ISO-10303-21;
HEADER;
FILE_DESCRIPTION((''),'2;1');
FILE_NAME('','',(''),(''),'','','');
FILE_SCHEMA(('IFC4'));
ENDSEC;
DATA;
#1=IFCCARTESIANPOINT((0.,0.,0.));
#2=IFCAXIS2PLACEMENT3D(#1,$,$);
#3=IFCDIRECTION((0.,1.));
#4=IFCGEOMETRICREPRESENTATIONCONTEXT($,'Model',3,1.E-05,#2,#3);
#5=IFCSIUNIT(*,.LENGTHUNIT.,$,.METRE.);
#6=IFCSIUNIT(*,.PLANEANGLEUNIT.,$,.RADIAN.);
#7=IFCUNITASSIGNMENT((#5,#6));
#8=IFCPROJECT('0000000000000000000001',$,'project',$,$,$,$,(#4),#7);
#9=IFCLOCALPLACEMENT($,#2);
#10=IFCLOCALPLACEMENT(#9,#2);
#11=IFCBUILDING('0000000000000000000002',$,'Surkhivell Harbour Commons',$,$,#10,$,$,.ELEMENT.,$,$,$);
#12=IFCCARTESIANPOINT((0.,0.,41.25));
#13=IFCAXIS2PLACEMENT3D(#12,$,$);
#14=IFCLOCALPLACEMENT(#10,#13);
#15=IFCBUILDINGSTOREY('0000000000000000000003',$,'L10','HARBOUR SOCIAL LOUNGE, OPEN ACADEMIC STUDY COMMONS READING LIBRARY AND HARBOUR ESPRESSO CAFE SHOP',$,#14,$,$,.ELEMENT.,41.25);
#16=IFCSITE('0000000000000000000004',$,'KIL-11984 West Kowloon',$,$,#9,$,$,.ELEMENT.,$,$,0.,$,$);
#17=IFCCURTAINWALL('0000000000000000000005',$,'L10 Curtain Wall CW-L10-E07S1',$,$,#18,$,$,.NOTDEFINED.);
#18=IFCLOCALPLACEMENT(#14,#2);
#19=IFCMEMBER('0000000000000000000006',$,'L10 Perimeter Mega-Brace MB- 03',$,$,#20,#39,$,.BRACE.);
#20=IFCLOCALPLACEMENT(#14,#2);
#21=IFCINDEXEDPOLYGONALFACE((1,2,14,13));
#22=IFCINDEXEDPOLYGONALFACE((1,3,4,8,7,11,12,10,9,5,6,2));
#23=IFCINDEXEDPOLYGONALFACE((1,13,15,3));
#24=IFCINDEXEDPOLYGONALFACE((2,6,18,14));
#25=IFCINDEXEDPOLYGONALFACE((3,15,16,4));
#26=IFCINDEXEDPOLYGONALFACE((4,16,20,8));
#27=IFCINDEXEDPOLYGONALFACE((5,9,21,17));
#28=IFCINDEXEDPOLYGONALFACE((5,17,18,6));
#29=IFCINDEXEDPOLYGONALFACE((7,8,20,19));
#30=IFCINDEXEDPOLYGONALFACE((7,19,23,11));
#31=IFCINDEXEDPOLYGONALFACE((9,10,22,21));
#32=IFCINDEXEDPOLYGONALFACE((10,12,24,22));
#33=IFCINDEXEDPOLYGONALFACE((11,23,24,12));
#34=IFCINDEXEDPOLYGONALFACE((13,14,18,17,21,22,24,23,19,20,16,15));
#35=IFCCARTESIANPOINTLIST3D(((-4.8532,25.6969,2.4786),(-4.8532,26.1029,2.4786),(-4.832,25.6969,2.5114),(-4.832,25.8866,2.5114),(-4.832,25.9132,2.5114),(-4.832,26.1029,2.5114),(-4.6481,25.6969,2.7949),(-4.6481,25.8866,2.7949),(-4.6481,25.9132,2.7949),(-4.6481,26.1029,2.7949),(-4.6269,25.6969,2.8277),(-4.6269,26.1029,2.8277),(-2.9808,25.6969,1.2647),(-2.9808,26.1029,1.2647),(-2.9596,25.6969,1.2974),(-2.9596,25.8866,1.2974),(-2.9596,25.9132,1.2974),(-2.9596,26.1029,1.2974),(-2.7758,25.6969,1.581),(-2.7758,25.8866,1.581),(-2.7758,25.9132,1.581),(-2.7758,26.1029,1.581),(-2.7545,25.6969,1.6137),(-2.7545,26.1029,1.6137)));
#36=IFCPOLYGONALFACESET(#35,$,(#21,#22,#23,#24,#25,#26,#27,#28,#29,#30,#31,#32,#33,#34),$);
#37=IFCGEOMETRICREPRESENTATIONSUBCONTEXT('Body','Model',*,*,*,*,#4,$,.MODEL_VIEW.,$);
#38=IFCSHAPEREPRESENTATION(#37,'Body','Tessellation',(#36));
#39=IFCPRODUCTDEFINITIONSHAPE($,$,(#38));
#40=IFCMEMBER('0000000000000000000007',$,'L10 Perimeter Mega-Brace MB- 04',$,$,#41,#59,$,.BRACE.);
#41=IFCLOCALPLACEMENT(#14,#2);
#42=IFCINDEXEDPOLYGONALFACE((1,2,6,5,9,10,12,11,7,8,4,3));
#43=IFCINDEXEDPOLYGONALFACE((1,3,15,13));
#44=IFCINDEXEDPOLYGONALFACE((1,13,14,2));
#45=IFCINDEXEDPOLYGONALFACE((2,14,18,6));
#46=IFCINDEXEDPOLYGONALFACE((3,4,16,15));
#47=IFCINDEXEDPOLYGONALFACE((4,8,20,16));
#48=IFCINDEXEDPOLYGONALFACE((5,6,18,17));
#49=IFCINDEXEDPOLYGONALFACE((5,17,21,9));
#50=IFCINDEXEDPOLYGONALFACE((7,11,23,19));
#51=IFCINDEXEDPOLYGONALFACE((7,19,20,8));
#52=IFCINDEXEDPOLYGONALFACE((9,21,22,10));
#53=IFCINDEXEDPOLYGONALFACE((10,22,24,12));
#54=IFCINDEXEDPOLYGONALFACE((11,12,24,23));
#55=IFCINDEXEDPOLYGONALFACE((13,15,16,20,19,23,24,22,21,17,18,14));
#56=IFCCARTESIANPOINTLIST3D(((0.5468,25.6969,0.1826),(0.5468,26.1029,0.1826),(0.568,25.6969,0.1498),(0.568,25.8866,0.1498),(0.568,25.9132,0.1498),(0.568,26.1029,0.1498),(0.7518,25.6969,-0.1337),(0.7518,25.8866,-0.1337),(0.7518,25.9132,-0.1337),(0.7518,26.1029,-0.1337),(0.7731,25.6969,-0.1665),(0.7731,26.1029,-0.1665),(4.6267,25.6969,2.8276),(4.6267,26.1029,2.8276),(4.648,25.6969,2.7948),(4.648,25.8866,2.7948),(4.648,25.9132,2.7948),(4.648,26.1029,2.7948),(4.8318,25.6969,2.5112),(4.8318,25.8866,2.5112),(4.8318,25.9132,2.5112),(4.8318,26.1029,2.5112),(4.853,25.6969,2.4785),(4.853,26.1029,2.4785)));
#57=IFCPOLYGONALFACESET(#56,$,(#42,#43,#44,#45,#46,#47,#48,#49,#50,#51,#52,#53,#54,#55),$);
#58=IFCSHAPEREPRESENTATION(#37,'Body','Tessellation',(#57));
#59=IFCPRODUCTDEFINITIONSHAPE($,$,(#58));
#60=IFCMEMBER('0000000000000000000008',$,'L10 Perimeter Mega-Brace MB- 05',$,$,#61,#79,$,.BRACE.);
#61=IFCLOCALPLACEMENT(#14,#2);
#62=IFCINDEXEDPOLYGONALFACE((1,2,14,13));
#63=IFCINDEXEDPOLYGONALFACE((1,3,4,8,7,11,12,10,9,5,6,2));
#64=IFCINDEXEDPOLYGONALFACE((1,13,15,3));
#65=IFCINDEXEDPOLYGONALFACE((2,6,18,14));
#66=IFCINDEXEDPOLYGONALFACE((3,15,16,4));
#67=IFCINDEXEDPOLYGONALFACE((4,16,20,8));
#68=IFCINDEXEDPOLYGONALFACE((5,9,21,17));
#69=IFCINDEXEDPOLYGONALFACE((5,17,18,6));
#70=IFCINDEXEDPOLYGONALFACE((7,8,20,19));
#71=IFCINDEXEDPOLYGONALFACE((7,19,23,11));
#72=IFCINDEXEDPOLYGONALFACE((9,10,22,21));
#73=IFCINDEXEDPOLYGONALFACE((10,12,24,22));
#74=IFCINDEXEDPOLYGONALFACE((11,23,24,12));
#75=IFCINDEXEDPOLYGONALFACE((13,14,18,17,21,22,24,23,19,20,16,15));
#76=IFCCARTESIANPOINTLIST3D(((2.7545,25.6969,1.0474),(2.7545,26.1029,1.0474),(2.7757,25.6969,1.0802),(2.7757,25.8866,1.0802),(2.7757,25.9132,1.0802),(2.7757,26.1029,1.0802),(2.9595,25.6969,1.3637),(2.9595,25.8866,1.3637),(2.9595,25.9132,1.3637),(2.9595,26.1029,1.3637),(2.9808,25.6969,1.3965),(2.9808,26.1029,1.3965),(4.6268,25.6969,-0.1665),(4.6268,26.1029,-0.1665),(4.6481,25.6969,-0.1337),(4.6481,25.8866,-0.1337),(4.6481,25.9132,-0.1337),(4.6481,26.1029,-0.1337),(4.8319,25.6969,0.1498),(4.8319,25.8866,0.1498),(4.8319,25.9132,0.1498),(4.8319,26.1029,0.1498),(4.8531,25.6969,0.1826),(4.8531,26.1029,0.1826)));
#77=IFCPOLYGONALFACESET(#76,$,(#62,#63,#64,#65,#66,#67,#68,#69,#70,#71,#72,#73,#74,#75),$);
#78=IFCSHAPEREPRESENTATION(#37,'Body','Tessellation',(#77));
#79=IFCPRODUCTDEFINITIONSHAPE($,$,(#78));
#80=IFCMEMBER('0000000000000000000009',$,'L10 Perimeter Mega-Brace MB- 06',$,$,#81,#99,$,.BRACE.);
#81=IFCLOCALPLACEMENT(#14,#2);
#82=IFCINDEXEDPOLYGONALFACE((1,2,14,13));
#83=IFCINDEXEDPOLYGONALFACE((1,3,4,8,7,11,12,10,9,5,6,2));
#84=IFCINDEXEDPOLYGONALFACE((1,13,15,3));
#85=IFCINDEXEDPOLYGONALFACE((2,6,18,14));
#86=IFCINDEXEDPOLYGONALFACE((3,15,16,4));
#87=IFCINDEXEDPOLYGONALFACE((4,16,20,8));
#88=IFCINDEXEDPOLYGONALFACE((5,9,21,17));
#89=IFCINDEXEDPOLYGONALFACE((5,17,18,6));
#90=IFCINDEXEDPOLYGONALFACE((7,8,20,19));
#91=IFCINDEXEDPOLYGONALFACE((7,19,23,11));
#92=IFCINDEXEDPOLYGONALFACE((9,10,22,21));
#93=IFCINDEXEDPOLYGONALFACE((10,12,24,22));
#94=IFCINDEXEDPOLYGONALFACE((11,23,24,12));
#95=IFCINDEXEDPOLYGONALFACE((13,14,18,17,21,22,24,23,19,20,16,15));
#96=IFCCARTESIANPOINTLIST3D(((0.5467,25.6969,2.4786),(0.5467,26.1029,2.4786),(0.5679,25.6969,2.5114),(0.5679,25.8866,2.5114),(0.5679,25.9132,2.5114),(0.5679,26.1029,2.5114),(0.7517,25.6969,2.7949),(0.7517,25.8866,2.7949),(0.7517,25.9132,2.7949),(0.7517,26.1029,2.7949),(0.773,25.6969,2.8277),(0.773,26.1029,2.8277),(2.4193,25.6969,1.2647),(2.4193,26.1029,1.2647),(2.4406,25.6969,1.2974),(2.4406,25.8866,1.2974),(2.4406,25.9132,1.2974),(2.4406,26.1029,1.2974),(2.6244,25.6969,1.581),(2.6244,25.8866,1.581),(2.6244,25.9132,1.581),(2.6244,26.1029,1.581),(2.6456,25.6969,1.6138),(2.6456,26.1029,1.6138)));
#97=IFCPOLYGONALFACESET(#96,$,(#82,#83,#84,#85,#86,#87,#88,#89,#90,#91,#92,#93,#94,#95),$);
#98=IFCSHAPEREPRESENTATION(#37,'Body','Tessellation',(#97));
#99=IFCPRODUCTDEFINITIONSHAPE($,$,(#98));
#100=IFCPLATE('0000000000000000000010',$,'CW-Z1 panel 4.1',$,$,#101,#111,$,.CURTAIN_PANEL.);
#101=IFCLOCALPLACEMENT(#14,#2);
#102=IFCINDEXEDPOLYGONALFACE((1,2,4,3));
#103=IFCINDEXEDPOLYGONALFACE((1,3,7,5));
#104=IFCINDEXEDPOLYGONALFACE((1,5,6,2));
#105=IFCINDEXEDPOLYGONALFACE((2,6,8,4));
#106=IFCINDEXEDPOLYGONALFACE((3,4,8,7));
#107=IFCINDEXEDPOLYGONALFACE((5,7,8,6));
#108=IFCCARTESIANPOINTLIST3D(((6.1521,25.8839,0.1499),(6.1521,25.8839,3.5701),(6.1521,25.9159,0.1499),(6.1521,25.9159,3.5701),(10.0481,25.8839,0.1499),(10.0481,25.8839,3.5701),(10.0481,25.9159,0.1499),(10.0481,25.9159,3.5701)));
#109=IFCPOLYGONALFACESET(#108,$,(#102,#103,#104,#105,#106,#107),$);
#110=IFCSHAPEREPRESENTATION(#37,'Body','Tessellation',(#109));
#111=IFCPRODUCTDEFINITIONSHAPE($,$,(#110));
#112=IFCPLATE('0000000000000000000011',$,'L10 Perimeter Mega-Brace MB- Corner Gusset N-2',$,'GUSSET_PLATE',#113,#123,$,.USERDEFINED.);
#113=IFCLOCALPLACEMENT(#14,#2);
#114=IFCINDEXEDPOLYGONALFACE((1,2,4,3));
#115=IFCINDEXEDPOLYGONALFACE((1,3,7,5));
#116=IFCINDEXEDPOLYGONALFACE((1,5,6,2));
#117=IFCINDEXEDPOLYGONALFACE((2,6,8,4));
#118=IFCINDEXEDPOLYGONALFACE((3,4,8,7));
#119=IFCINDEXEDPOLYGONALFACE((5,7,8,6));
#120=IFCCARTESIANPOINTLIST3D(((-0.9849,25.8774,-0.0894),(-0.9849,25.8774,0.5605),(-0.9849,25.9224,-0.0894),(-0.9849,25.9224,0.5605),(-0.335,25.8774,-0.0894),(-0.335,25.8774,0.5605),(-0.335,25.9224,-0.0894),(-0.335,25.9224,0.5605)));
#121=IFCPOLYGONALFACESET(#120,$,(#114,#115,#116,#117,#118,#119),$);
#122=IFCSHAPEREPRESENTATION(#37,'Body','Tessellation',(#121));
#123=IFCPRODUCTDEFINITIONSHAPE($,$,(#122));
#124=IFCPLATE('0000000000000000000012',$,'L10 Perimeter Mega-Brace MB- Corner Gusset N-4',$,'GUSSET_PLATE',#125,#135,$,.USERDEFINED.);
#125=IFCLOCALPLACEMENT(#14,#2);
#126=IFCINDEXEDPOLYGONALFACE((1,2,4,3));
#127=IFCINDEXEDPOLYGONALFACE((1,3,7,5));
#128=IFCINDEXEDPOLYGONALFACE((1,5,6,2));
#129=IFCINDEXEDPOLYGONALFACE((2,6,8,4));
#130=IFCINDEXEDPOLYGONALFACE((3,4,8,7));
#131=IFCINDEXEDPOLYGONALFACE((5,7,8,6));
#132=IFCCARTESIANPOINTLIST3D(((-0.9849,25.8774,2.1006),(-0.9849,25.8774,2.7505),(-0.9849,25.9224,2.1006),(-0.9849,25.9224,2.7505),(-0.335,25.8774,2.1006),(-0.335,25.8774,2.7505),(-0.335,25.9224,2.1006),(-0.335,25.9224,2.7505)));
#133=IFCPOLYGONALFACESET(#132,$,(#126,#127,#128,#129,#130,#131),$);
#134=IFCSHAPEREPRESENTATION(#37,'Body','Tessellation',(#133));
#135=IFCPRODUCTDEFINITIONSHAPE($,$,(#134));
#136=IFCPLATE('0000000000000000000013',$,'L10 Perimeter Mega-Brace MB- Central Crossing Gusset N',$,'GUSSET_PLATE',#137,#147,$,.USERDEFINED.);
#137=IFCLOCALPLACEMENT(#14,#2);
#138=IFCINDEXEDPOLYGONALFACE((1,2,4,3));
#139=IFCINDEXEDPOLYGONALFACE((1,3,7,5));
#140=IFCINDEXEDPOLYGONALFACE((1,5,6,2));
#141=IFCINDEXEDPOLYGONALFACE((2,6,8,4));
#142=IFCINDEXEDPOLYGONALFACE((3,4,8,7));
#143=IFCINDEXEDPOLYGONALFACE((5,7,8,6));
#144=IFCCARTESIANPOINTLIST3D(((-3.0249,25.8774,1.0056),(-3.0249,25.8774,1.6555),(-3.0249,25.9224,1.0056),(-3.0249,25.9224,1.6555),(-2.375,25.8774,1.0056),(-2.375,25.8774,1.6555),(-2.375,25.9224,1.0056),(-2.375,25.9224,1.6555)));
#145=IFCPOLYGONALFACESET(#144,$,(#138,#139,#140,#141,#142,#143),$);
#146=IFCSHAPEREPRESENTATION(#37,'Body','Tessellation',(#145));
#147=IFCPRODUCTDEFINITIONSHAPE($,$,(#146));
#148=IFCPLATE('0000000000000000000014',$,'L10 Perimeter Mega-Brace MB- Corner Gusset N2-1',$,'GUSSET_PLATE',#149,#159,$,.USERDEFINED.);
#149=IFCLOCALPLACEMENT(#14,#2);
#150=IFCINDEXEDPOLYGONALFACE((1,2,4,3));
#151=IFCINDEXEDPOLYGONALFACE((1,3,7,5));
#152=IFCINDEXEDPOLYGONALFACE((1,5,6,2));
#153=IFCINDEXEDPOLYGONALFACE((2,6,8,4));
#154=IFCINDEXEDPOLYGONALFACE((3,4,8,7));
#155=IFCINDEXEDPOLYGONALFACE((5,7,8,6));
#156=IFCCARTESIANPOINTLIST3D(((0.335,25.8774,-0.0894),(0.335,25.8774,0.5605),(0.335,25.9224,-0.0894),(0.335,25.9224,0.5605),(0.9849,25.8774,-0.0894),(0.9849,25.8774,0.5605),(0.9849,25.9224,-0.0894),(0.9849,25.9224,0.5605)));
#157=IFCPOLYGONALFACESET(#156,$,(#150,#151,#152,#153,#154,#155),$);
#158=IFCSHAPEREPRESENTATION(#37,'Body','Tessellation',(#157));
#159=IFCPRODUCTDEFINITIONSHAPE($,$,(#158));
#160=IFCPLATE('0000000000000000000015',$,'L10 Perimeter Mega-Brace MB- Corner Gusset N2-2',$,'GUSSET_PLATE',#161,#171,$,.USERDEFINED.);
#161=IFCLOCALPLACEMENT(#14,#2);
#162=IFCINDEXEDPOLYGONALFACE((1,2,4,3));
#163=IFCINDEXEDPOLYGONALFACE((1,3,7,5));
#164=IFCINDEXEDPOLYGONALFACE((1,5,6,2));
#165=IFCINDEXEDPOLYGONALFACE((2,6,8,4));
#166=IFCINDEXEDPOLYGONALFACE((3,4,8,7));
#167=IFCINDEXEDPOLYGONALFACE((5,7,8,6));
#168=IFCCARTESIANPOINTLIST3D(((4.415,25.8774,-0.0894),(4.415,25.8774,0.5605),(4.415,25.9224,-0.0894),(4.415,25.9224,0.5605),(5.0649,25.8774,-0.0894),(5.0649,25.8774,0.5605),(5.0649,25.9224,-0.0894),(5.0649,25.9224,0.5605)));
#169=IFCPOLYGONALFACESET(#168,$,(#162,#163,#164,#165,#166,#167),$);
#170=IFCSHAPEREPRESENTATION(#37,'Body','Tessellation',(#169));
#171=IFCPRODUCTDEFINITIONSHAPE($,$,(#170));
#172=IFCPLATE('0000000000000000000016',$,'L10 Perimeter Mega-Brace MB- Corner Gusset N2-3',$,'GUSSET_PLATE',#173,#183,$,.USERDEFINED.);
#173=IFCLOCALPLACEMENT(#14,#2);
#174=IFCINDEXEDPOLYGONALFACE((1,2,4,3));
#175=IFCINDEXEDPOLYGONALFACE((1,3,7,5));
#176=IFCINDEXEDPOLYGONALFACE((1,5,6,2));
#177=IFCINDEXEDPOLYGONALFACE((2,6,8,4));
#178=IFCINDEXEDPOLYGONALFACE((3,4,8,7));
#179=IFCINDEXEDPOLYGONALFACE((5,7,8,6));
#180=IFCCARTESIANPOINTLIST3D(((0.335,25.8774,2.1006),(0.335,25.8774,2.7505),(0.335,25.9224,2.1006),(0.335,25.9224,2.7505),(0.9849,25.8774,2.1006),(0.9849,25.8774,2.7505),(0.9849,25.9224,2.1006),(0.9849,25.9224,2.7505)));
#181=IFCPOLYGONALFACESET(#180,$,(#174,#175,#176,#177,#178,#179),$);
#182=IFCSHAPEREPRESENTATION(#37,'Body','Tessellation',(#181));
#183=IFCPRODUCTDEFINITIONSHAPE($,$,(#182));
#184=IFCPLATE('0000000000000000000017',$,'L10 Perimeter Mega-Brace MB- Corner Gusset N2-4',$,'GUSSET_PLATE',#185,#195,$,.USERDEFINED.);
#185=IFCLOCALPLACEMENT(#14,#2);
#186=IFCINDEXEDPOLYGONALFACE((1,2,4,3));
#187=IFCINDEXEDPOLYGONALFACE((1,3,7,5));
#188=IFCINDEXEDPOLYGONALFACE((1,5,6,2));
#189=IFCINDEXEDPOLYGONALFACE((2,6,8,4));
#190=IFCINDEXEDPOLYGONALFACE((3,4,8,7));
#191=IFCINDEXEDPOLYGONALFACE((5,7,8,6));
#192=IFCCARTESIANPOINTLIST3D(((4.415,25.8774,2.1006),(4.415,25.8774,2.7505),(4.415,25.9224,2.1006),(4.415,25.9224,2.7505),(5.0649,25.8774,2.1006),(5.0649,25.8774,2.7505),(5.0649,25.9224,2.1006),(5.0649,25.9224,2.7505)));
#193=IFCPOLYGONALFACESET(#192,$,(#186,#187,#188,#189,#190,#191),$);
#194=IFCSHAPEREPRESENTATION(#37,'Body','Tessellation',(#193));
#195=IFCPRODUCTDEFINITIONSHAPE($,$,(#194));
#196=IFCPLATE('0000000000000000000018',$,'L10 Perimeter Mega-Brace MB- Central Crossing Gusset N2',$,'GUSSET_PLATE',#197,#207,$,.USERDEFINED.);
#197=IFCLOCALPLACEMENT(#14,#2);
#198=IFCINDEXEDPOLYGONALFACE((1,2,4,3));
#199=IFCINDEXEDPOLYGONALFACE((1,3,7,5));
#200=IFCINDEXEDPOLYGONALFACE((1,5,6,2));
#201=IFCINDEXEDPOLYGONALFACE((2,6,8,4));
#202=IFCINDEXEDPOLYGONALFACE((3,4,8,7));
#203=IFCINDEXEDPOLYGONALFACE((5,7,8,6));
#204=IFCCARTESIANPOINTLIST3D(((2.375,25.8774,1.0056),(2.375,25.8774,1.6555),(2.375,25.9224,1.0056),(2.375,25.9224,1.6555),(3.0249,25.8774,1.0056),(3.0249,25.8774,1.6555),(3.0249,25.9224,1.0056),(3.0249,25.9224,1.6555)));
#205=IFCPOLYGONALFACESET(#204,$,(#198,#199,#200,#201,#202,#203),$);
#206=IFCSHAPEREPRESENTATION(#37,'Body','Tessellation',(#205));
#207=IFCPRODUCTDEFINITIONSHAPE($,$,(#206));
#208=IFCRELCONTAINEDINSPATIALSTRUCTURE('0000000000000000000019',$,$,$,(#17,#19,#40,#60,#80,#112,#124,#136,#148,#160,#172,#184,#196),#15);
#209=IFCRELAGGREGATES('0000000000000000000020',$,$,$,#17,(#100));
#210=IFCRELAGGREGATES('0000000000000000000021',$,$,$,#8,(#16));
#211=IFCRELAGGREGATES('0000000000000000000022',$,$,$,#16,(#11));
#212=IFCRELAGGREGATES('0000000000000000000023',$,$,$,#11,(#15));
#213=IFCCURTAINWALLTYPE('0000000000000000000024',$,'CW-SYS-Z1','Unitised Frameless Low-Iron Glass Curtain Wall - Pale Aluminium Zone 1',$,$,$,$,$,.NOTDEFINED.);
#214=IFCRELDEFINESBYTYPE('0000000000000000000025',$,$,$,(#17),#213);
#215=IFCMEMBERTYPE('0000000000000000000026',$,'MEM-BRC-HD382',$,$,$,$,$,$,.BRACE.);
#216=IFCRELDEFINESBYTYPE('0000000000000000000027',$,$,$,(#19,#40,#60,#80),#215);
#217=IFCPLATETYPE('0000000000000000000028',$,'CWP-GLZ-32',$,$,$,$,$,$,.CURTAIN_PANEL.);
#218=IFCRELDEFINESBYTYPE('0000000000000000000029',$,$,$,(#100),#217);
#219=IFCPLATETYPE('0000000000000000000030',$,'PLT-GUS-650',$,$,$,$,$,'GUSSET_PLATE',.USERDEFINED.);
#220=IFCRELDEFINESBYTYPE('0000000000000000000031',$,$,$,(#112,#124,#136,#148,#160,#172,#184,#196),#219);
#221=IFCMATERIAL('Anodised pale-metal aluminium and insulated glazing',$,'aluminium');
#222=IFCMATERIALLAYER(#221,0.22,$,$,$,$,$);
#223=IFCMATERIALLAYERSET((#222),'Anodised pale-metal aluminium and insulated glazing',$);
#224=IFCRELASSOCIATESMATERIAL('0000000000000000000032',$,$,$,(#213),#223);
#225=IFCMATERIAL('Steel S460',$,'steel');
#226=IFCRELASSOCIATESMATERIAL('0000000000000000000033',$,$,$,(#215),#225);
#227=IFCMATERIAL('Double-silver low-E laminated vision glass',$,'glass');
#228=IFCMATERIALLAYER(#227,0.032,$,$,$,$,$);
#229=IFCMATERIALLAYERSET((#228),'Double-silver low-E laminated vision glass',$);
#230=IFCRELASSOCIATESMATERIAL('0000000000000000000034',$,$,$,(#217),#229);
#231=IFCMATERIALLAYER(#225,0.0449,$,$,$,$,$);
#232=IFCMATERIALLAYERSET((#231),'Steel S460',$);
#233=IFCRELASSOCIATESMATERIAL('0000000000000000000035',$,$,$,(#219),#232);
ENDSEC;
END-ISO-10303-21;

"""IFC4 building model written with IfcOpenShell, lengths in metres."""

from ifc_helpers import new_model, si_unit, direction, frame, frame_2d, origin, origin_2d, place, context, subcontext, project, spatial, rectangle, i_section, extrude, material, layer, layer_set, material_profile, profile_set, type_object, element, aggregate, save


model = new_model("IFC4")

# Units and contexts
model_context = context("Model", 3, precision=1e-05, world=origin(), true_north=direction((0.0, 1.0)))
body_context = subcontext(model_context, "Body", "Model", "MODEL_VIEW")
ifc_project = project(units=[si_unit("LENGTHUNIT", "METRE"), si_unit("PLANEANGLEUNIT", "RADIAN")], contexts=[model_context])

# Site, building, storey
site_placement = place(None, origin())
site = spatial("IfcSite", under=ifc_project, at=site_placement, Name="KIL-11984 West Kowloon", CompositionType="ELEMENT", RefElevation=0.0)
building_placement = place(site_placement, origin())
building = spatial("IfcBuilding", under=site, at=building_placement, Name="Surkhivell Harbour Commons", CompositionType="ELEMENT")
storey_placement = place(building_placement, frame((0.0, 0.0, 41.25)))
storey = spatial("IfcBuildingStorey", under=building, at=storey_placement, Name="L10", Description="HARBOUR SOCIAL LOUNGE, OPEN ACADEMIC STUDY COMMONS READING LIBRARY AND HARBOUR ESPRESSO CAFE SHOP", CompositionType="ELEMENT", Elevation=41.25)

# Shared definitions
ifc_material_1 = material(Name="Steel S460", Category="steel")

# Curtain wall
ifc_material_2 = material(Name="Anodised pale-metal aluminium and insulated glazing", Category="aluminium")
ifc_layer_1 = layer(ifc_material_2, 0.22)
ifc_layer_set_1 = layer_set([ifc_layer_1], Name="Anodised pale-metal aluminium and insulated glazing")
curtain_wall_type = type_object("IfcCurtainWallType", Name="CW-SYS-Z1", Description="Unitised Frameless Low-Iron Glass Curtain Wall - Pale Aluminium Zone 1", PredefinedType="NOTDEFINED", material=ifc_layer_set_1)
curtain_wall_placement = place(storey_placement, origin())
curtain_wall = element("IfcCurtainWall", 1, at=curtain_wall_placement, inside=storey, type_object=curtain_wall_type, Name="L10 Curtain Wall CW-L10-E07S1", PredefinedType="NOTDEFINED")

# Members
ifc_material_profile_1 = material_profile(ifc_material_1, i_section(OverallWidth=0.406, OverallDepth=0.416, WebThickness=0.0266, FlangeThickness=0.0391, at=origin_2d()), Name="HD400x382")
ifc_profile_set_1 = profile_set([ifc_material_profile_1], Name="Steel S460")
member_type_1 = type_object("IfcMemberType", Name="MEM-BRC-HD382", PredefinedType="BRACE", material=ifc_profile_set_1)
member_1_placement = place(storey_placement, frame((-2.8677, 25.8999, 1.4392), z_axis=(-0.839085, 0.0, 0.544), x_axis=(0.0, -1.0, 0.0)))
element("IfcMember", 2, at=member_1_placement, inside=storey, type_object=member_type_1, Name="L10 Perimeter Mega-Brace MB- 03", PredefinedType="BRACE", context=body_context, shape_type="SweptSolid", body=[
    extrude(i_section(OverallWidth=0.406, OverallDepth=0.416, WebThickness=0.0266, FlangeThickness=0.0391, at=origin_2d()), origin(), (0.0, 0.0, 1.0), 2.2314),
])
member_2_placement = place(storey_placement, frame((0.6599, 25.8999, 0.0081), z_axis=(0.839104, 0.0, 0.543971), x_axis=(0.0, 1.0, 0.0)))
element("IfcMember", 3, at=member_2_placement, inside=storey, type_object=member_type_1, Name="L10 Perimeter Mega-Brace MB- 04", PredefinedType="BRACE", context=body_context, shape_type="SweptSolid", body=[
    extrude(i_section(OverallWidth=0.406, OverallDepth=0.416, WebThickness=0.0266, FlangeThickness=0.0391, at=origin_2d()), origin(), (0.0, 0.0, 1.0), 4.8623),
])
member_3_placement = place(storey_placement, frame((4.74, 25.8999, 0.0081), z_axis=(-0.839085, 0.0, 0.544), x_axis=(0.0, -1.0, 0.0)))
element("IfcMember", 4, at=member_3_placement, inside=storey, type_object=member_type_1, Name="L10 Perimeter Mega-Brace MB- 05", PredefinedType="BRACE", context=body_context, shape_type="SweptSolid", body=[
    extrude(i_section(OverallWidth=0.406, OverallDepth=0.416, WebThickness=0.0266, FlangeThickness=0.0391, at=origin_2d()), origin(), (0.0, 0.0, 1.0), 2.2314),
])
member_4_placement = place(storey_placement, frame((2.5325, 25.8999, 1.4392), z_axis=(-0.839118, 0.0, 0.54395), x_axis=(0.0, -1.0, 0.0)))
element("IfcMember", 5, at=member_4_placement, inside=storey, type_object=member_type_1, Name="L10 Perimeter Mega-Brace MB- 06", PredefinedType="BRACE", context=body_context, shape_type="SweptSolid", body=[
    extrude(i_section(OverallWidth=0.406, OverallDepth=0.416, WebThickness=0.0266, FlangeThickness=0.0391, at=origin_2d()), origin(), (0.0, 0.0, 1.0), 2.2317),
])

# Plate
ifc_material_3 = material(Name="Double-silver low-E laminated vision glass", Category="glass")
ifc_layer_2 = layer(ifc_material_3, 0.032)
ifc_layer_set_2 = layer_set([ifc_layer_2], Name="Double-silver low-E laminated vision glass")
plate_type_1 = type_object("IfcPlateType", Name="CWP-GLZ-32", PredefinedType="CURTAIN_PANEL", material=ifc_layer_set_2)
plate_placement = place(storey_placement, frame((10.0481, 25.8999, 0.1499), z_axis=(0.0, 0.0, 1.0), x_axis=(-1.0, 0.0, 0.0)))
plate = element("IfcPlate", 6, at=plate_placement, type_object=plate_type_1, Name="CW-Z1 panel 4.1", PredefinedType="CURTAIN_PANEL", context=body_context, shape_type="SweptSolid", body=[
    extrude(rectangle(XDim=3.896, YDim=0.032, at=frame_2d((1.948, 0.0))), origin(), (0.0, 0.0, 1.0), 3.4202),
])
aggregate(curtain_wall, [plate])

# Plates
ifc_layer_3 = layer(ifc_material_1, 0.0449)
ifc_layer_set_3 = layer_set([ifc_layer_3], Name="Steel S460")
plate_type_2 = type_object("IfcPlateType", Name="PLT-GUS-650", ElementType="GUSSET_PLATE", PredefinedType="USERDEFINED", material=ifc_layer_set_3)
for number, where, z_axis, x_axis, name in (
    (7, (-0.6599, 25.8999, -0.0894), (0.0, 0.0, 1.0), (1.0, 0.0, 0.0), "L10 Perimeter Mega-Brace MB- Corner Gusset N-2"),
    (8, (-0.6599, 25.8999, 2.1006), (0.0, 0.0, 1.0), (1.0, 0.0, 0.0), "L10 Perimeter Mega-Brace MB- Corner Gusset N-4"),
    (9, (-2.7, 25.8999, 1.0056), (0.0, 0.0, 1.0), (1.0, 0.0, 0.0), "L10 Perimeter Mega-Brace MB- Central Crossing Gusset N"),
    (10, (0.6599, 25.8999, -0.0894), (0.0, 0.0, 1.0), (1.0, 0.0, 0.0), "L10 Perimeter Mega-Brace MB- Corner Gusset N2-1"),
    (11, (4.74, 25.8999, -0.0894), (0.0, 0.0, 1.0), (1.0, 0.0, 0.0), "L10 Perimeter Mega-Brace MB- Corner Gusset N2-2"),
    (12, (0.6599, 25.8999, 2.1006), (0.0, 0.0, 1.0), (1.0, 0.0, 0.0), "L10 Perimeter Mega-Brace MB- Corner Gusset N2-3"),
    (13, (4.74, 25.8999, 2.1006), (0.0, 0.0, 1.0), (1.0, 0.0, 0.0), "L10 Perimeter Mega-Brace MB- Corner Gusset N2-4"),
    (14, (2.7, 25.8999, 1.0056), (0.0, 0.0, 1.0), (1.0, 0.0, 0.0), "L10 Perimeter Mega-Brace MB- Central Crossing Gusset N2"),
):
    element("IfcPlate", number, at=place(storey_placement, frame(where, z_axis=z_axis, x_axis=x_axis)), inside=storey, type_object=plate_type_2, Name=name, ObjectType="GUSSET_PLATE", PredefinedType="USERDEFINED", context=body_context, shape_type="SweptSolid", body=[
        extrude(rectangle(XDim=0.6499, YDim=0.0449, at=origin_2d()), origin(), (0.0, 0.0, 1.0), 0.6499),
    ])

save(model, "model.ifc")
